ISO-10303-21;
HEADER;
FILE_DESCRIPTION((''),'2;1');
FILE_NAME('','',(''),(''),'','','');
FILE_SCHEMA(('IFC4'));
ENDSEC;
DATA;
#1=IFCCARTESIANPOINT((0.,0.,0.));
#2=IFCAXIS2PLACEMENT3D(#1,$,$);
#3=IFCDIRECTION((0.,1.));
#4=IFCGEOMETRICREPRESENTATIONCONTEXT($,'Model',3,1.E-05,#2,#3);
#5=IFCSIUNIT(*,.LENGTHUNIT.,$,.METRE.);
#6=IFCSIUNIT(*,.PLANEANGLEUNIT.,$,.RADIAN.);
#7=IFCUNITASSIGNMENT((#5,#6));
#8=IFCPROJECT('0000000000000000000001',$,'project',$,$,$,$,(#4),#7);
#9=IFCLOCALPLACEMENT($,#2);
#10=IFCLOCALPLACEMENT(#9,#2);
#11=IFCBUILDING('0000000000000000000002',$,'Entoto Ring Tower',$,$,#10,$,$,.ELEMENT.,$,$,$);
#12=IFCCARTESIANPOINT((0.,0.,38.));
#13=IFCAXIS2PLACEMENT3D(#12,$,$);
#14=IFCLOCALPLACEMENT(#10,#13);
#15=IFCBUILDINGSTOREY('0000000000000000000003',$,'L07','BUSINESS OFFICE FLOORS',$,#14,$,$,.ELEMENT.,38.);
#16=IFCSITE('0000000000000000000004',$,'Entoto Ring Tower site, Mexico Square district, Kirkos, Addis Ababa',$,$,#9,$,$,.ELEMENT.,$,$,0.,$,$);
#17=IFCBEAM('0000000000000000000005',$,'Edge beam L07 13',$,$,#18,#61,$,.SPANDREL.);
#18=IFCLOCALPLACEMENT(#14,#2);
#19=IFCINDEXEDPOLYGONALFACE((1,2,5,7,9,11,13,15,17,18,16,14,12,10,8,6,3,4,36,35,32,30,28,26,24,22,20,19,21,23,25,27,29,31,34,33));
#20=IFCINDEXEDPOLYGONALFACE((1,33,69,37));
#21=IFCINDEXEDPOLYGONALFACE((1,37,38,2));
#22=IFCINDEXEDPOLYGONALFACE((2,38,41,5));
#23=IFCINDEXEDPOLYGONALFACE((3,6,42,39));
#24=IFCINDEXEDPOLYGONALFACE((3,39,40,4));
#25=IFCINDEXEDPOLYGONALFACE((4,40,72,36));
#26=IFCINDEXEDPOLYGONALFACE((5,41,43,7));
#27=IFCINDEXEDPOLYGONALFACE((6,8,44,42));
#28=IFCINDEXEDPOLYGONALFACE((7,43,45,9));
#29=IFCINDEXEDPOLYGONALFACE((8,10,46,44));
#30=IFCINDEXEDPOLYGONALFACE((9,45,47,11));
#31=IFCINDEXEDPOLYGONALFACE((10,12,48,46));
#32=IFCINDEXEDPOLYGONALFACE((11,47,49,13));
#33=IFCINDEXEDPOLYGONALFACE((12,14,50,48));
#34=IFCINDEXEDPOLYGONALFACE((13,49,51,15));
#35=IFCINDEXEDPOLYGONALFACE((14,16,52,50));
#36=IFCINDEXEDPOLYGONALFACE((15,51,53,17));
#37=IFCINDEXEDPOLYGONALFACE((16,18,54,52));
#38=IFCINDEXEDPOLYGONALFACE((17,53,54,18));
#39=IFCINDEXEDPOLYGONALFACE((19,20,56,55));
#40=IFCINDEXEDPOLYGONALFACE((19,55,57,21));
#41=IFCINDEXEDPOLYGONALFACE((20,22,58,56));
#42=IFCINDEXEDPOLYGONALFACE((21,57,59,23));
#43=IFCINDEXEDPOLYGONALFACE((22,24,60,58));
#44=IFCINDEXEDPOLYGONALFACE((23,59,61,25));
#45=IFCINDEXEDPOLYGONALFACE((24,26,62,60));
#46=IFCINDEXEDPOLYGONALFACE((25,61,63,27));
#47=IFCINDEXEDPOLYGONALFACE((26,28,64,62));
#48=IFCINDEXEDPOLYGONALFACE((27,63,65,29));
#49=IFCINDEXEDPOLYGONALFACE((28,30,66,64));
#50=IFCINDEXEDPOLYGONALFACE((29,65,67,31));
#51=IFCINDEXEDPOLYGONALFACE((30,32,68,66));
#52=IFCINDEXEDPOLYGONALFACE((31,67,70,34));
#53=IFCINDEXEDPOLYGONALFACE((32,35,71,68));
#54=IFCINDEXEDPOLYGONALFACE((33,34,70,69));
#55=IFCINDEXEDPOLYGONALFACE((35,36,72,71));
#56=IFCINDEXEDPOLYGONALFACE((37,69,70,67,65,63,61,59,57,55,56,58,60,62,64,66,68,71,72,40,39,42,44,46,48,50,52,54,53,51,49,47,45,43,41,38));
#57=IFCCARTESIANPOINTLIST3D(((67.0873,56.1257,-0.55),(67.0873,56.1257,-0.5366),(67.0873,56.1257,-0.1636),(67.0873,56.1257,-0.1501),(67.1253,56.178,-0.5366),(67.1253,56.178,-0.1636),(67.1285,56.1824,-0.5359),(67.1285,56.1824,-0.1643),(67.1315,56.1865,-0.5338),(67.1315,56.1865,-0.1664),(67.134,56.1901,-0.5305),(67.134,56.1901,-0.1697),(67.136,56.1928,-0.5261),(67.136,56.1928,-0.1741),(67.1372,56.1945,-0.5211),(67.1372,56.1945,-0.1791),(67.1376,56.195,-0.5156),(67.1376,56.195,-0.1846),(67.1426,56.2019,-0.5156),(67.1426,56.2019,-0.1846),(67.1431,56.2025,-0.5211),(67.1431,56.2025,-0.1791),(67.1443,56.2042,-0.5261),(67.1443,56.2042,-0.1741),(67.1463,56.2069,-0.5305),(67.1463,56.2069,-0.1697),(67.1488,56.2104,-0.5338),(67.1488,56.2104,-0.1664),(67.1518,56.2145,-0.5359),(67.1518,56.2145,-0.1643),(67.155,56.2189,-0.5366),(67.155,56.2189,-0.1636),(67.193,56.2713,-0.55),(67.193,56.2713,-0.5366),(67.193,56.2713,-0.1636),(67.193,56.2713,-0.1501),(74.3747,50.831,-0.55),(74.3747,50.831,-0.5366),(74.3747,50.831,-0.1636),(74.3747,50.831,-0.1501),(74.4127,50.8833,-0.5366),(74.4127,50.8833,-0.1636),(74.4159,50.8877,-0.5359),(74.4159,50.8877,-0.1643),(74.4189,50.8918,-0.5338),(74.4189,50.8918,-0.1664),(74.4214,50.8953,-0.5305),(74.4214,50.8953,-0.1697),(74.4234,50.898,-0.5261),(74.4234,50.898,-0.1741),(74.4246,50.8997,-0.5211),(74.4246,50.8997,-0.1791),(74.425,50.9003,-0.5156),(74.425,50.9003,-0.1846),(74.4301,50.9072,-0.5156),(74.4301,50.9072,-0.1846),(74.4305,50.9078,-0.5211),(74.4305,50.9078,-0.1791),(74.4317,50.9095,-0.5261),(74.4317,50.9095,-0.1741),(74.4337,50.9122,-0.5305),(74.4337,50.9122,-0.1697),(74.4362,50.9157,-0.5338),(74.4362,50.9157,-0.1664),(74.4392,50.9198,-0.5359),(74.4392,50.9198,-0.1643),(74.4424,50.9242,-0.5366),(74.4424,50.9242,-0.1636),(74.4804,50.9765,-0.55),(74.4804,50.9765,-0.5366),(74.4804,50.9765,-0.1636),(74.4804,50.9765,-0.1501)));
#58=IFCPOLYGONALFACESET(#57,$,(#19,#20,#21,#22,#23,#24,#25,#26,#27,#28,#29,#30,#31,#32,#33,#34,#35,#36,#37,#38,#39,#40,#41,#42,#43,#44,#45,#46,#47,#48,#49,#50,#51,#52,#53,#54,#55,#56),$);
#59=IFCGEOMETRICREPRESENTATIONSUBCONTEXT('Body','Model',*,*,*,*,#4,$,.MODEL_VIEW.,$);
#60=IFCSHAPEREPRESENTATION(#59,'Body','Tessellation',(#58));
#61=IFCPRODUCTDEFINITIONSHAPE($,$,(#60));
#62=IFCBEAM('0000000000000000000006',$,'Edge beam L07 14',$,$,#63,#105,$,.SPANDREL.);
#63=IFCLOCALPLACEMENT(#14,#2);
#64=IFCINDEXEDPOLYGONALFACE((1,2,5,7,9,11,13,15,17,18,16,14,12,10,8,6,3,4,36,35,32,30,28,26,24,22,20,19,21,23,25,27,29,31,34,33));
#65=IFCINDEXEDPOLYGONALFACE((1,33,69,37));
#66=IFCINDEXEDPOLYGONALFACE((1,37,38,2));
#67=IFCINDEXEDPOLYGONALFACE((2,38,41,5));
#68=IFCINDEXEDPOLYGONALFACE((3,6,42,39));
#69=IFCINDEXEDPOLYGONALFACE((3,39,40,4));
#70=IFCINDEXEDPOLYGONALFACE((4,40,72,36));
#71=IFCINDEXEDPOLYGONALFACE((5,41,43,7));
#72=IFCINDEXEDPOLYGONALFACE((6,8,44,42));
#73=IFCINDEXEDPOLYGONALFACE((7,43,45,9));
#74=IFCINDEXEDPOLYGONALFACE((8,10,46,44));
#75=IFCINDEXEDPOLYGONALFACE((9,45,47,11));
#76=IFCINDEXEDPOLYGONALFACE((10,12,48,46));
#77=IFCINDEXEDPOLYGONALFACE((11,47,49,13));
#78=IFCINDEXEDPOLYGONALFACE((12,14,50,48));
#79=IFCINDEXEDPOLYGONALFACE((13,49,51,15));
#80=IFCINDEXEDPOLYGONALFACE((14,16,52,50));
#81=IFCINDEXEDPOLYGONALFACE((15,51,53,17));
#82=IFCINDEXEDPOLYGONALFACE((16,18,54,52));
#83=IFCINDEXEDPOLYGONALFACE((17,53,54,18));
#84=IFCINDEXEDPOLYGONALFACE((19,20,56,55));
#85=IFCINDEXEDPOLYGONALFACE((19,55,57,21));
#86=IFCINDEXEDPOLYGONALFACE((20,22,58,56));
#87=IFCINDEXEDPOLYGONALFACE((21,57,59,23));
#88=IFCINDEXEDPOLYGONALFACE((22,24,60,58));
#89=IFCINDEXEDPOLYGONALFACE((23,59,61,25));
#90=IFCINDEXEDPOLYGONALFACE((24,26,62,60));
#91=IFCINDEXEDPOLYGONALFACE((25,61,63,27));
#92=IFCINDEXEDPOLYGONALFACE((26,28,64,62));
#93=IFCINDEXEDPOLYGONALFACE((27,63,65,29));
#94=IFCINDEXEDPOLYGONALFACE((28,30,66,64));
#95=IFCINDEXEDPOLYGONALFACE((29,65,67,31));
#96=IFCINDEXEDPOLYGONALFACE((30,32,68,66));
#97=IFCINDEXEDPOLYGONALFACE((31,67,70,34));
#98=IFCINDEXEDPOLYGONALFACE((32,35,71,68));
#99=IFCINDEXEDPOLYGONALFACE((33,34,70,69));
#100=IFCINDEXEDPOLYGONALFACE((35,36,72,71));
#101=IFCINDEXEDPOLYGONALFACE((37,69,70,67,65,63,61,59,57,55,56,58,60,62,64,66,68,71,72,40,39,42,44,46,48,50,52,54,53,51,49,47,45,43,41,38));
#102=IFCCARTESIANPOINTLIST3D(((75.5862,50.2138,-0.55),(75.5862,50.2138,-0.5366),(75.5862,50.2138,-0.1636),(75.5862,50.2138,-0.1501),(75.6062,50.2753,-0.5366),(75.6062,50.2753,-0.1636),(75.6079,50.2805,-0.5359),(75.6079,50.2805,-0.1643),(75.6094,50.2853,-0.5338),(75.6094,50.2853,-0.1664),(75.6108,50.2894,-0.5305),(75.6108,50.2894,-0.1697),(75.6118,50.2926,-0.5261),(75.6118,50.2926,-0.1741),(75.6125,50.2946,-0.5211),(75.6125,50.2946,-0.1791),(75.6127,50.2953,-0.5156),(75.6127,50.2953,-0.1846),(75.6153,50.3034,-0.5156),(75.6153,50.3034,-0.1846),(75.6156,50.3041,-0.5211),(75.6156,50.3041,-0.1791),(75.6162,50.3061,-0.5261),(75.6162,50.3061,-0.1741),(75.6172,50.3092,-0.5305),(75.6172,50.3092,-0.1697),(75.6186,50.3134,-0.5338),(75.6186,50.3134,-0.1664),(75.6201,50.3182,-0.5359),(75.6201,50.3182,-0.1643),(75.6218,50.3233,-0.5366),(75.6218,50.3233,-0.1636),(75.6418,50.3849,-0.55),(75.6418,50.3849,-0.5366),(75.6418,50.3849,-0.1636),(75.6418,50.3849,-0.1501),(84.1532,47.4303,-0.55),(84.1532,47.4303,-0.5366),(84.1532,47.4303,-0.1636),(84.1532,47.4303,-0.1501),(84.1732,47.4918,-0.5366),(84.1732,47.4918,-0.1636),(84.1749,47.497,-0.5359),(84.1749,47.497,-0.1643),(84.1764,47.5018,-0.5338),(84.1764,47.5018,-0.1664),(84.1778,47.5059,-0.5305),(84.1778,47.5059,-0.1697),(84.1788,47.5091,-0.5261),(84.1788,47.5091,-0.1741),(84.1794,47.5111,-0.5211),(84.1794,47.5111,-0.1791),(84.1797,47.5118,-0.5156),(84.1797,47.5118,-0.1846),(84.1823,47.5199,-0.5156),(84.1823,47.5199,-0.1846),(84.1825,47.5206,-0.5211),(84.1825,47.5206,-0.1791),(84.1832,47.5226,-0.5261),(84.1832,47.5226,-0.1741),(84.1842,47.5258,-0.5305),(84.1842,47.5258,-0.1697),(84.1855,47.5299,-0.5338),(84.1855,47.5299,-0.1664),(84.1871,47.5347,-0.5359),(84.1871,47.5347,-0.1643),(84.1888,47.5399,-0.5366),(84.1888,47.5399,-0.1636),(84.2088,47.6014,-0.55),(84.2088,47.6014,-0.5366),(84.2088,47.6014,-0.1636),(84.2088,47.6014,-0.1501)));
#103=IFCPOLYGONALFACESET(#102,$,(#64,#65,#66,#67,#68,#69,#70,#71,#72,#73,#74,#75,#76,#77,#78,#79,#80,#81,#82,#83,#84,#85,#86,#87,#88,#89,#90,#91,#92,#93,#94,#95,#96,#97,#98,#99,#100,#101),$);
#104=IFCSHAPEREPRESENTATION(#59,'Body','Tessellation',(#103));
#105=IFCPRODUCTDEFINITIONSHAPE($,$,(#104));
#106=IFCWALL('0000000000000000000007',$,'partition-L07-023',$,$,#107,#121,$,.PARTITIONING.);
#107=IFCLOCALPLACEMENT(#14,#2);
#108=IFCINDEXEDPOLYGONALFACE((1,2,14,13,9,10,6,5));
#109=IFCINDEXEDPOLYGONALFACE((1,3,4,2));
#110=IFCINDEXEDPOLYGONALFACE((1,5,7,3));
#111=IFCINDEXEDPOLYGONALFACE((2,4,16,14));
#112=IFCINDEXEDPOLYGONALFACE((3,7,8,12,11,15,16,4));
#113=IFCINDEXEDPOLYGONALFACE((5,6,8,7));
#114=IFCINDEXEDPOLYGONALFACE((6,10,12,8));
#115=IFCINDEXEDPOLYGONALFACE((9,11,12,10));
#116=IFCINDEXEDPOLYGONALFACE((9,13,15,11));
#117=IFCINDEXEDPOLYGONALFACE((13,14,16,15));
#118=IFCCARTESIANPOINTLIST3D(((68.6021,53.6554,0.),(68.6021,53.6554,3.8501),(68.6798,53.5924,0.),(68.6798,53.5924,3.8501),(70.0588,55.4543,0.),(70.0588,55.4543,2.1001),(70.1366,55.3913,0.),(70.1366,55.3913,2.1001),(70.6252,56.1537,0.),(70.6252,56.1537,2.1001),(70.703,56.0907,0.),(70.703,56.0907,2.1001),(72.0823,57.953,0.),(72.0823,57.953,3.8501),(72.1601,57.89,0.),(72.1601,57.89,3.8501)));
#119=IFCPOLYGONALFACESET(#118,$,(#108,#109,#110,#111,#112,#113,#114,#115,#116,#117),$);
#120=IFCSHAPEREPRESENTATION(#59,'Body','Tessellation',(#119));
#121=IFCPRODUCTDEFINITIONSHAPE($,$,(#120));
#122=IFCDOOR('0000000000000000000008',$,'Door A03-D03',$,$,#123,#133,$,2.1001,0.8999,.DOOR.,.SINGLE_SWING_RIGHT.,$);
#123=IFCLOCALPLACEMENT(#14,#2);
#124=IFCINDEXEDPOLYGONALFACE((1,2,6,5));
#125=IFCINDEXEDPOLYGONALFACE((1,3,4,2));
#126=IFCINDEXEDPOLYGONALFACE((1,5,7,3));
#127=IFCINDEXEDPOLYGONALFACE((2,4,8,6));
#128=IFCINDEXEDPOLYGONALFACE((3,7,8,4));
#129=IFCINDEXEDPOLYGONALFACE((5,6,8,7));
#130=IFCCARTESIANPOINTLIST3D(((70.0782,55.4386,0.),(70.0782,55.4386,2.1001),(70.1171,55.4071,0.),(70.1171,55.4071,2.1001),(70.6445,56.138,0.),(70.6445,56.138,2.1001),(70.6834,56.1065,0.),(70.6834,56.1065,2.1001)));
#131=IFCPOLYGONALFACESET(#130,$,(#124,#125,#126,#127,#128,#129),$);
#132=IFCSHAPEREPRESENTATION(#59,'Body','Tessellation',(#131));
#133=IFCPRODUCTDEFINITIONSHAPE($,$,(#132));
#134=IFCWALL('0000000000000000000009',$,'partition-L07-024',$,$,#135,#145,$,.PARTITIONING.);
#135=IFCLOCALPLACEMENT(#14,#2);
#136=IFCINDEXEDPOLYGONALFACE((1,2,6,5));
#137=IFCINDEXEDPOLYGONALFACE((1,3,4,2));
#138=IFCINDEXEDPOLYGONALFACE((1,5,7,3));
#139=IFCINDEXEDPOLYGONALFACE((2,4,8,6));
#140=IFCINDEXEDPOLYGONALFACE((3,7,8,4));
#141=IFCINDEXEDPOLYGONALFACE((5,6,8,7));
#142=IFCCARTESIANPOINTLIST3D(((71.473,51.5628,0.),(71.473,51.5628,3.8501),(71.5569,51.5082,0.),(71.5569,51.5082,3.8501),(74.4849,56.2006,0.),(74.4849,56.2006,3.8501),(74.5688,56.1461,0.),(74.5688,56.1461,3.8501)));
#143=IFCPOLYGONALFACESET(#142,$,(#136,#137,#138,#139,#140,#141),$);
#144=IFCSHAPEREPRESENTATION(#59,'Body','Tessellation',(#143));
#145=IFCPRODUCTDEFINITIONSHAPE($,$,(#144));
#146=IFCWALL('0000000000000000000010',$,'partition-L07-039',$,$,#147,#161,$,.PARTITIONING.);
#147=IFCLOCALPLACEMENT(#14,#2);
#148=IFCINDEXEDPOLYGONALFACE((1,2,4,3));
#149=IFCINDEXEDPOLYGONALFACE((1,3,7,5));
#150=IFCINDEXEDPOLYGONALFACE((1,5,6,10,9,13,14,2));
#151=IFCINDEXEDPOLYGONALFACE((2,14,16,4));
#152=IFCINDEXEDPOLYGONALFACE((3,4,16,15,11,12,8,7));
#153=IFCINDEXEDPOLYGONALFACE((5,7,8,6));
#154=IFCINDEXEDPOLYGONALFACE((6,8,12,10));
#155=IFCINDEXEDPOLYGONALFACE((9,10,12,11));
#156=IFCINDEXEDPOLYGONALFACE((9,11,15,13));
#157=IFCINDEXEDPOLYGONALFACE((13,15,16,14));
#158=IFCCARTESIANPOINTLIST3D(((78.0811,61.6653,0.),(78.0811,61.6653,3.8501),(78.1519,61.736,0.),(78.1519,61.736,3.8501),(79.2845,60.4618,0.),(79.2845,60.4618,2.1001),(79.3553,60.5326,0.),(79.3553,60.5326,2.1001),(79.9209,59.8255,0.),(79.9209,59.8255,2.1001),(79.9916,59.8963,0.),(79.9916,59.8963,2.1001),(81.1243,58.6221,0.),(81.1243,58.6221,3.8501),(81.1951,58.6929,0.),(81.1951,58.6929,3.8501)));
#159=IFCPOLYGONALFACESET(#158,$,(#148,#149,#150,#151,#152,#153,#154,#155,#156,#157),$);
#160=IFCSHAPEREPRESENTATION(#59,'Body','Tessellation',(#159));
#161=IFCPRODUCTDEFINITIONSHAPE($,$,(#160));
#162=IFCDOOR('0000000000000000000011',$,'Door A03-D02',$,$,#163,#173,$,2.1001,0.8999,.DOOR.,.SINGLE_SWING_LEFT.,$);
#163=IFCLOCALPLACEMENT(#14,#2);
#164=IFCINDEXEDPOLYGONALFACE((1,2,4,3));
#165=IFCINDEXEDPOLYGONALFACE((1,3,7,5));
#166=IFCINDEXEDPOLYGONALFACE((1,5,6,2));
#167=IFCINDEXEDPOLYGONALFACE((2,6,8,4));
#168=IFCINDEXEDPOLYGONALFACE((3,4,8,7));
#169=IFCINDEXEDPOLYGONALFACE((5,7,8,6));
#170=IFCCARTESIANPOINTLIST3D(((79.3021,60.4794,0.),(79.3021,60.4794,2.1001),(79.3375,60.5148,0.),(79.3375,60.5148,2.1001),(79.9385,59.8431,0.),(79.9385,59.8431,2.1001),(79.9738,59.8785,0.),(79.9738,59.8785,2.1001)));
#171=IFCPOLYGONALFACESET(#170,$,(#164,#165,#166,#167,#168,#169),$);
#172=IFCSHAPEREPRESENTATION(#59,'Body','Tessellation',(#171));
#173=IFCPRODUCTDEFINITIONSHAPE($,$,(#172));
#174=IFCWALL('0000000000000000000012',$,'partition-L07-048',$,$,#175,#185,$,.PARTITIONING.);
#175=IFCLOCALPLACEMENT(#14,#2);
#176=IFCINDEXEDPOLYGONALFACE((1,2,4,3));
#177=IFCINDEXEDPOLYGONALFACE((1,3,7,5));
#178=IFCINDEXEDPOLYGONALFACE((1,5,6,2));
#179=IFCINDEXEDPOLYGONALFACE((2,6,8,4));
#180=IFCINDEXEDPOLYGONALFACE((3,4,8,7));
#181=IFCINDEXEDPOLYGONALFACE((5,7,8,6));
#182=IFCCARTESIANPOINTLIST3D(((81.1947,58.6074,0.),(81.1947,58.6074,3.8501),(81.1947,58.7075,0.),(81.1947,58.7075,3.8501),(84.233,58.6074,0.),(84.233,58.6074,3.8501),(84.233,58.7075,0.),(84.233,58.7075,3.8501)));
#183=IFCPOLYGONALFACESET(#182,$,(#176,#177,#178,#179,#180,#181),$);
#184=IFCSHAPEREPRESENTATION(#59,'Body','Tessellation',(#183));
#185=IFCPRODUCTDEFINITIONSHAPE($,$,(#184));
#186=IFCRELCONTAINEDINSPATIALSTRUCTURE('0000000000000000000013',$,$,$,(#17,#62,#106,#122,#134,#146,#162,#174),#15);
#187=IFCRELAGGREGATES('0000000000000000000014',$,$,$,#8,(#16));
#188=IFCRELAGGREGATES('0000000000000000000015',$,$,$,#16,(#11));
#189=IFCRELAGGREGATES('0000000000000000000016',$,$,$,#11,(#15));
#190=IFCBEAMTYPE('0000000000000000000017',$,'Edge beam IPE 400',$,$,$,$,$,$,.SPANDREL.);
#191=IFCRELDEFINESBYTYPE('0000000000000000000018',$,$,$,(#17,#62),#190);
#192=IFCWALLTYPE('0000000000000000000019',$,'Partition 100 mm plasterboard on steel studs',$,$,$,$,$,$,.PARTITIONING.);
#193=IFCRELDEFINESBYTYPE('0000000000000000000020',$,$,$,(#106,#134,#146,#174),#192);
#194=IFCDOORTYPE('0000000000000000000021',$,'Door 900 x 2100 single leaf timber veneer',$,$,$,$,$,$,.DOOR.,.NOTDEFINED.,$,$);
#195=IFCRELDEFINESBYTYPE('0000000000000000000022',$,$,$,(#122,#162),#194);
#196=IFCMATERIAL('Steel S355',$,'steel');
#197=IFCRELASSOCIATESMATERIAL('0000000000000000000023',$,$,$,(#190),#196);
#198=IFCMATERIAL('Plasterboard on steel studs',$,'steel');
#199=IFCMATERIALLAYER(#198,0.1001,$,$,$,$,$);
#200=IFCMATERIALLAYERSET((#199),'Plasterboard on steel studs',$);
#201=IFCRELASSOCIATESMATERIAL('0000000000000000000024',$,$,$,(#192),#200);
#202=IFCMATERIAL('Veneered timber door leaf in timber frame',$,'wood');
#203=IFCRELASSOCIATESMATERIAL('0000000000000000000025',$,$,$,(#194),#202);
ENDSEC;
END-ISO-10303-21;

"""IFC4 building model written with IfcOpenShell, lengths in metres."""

from ifc_helpers import new_model, si_unit, direction, frame, frame_2d, origin, origin_2d, place, context, subcontext, project, spatial, rectangle, i_section, extrude, material, layer, layer_set, material_profile, profile_set, type_object, element, fill, save


model = new_model("IFC4")

# Units and contexts
model_context = context("Model", 3, precision=1e-05, world=origin(), true_north=direction((0.0, 1.0)))
body_context = subcontext(model_context, "Body", "Model", "MODEL_VIEW")
ifc_project = project(units=[si_unit("LENGTHUNIT", "METRE"), si_unit("PLANEANGLEUNIT", "RADIAN")], contexts=[model_context])

# Site, building, storey
site_placement = place(None, origin())
site = spatial("IfcSite", under=ifc_project, at=site_placement, Name="Entoto Ring Tower site, Mexico Square district, Kirkos, Addis Ababa", CompositionType="ELEMENT", RefElevation=0.0)
building_placement = place(site_placement, origin())
building = spatial("IfcBuilding", under=site, at=building_placement, Name="Entoto Ring Tower", CompositionType="ELEMENT")
storey_placement = place(building_placement, frame((0.0, 0.0, 38.0)))
storey = spatial("IfcBuildingStorey", under=building, at=storey_placement, Name="L07", Description="BUSINESS OFFICE FLOORS", CompositionType="ELEMENT", Elevation=38.0)

# Beams
ifc_material_1 = material(Name="Steel S355", Category="steel")
ifc_material_profile_1 = material_profile(ifc_material_1, i_section(OverallWidth=0.1799, OverallDepth=0.3999, WebThickness=0.0085, FlangeThickness=0.0134, FilletRadius=0.021, at=origin_2d()), Name="IPE 400")
ifc_profile_set_1 = profile_set([ifc_material_profile_1], Name="Steel S355")
beam_type = type_object("IfcBeamType", Name="Edge beam IPE 400", PredefinedType="SPANDREL", material=ifc_profile_set_1)
for number, where, z_axis, x_axis, name in (
    (1, (67.1401, 56.1985, -0.3501), (0.809011, -0.587793, 0.0), (0.587793, 0.809011, 0.0), "Edge beam L07 13"),
    (2, (75.614, 50.2993, -0.3501), (0.95106, -0.309006, 0.0), (0.309006, 0.95106, 0.0), "Edge beam L07 14"),
):
    element("IfcBeam", number, at=place(storey_placement, frame(where, z_axis=z_axis, x_axis=x_axis)), inside=storey, type_object=beam_type, Name=name, PredefinedType="SPANDREL", context=body_context, shape_type="SweptSolid", body=[
        extrude(i_section(OverallWidth=0.1799, OverallDepth=0.3999, WebThickness=0.0085, FlangeThickness=0.0134, FilletRadius=0.021, at=origin_2d()), origin(), (0.0, 0.0, 1.0), 9.0078),
    ])

# Wall, opening, door
ifc_material_2 = material(Name="Plasterboard on steel studs", Category="steel")
ifc_layer = layer(ifc_material_2, 0.1001)
ifc_layer_set = layer_set([ifc_layer], Name="Plasterboard on steel studs")
wall_type = type_object("IfcWallType", Name="Partition 100 mm plasterboard on steel studs", PredefinedType="PARTITIONING", material=ifc_layer_set)
wall_1_placement = place(storey_placement, frame((68.6409, 53.6238, 0.0), z_axis=(0.0, 0.0, 1.0), x_axis=(0.62933, 0.777138, 0.0)))
wall_1 = element("IfcWall", 3, at=wall_1_placement, inside=storey, type_object=wall_type, Name="partition-L07-023", PredefinedType="PARTITIONING", context=body_context, shape_type="SweptSolid", body=[
    extrude(rectangle(XDim=5.53, YDim=0.1001, at=frame_2d((2.7651, 0.0))), origin(), (0.0, 0.0, 1.0), 3.8501),
])
opening_1_placement = place(wall_1_placement, frame((2.3149, 0.0, 0.0)))
opening_1 = element("IfcOpeningElement", 4, at=opening_1_placement, cuts=wall_1, PredefinedType="OPENING", context=body_context, shape_type="SweptSolid", body=[
    extrude(rectangle(XDim=0.8999, YDim=2.1001, at=frame_2d((0.45, 1.05))), frame((0.0, 0.0601, 0.0), z_axis=(0.0, -1.0, 0.0), x_axis=(1.0, 0.0, 0.0)), (0.0, 0.0, 1.0), 0.1201),
])
ifc_material_3 = material(Name="Veneered timber door leaf in timber frame", Category="wood")
door_type = type_object("IfcDoorType", Name="Door 900 x 2100 single leaf timber veneer", OperationType="NOTDEFINED", PredefinedType="DOOR", material=ifc_material_3)
door_1_placement = place(opening_1_placement, frame((0.8999, 0.0, 0.0), z_axis=(0.0, 0.0, 1.0), x_axis=(-1.0, 0.0, 0.0)))
door_1 = element("IfcDoor", 5, at=door_1_placement, inside=storey, type_object=door_type, Name="Door A03-D03", OperationType="SINGLE_SWING_RIGHT", OverallHeight=2.1001, OverallWidth=0.8999, PredefinedType="DOOR", context=body_context, shape_type="SweptSolid", body=[
    extrude(rectangle(XDim=0.8999, YDim=2.1001, at=frame_2d((0.45, 1.05))), frame((0.0, 0.0249, 0.0), z_axis=(0.0, -1.0, 0.0), x_axis=(1.0, 0.0, 0.0)), (0.0, 0.0, 1.0), 0.05),
])
fill(opening_1, door_1)

# Wall
wall_2_placement = place(storey_placement, frame((71.5149, 51.5354, 0.0), z_axis=(0.0, 0.0, 1.0), x_axis=(0.544645, 0.838666, 0.0)))
element("IfcWall", 6, at=wall_2_placement, inside=storey, type_object=wall_type, Name="partition-L07-024", PredefinedType="PARTITIONING", context=body_context, shape_type="SweptSolid", body=[
    extrude(rectangle(XDim=5.53, YDim=0.1001, at=frame_2d((2.7651, 0.0))), origin(), (0.0, 0.0, 1.0), 3.8501),
])

# Wall, opening, door
wall_3_placement = place(storey_placement, frame((81.1597, 58.6575, 0.0), z_axis=(0.0, 0.0, 1.0), x_axis=(-0.707107, 0.707107, 0.0)))
wall_3 = element("IfcWall", 7, at=wall_3_placement, inside=storey, type_object=wall_type, Name="partition-L07-039", PredefinedType="PARTITIONING", context=body_context, shape_type="SweptSolid", body=[
    extrude(rectangle(XDim=4.3037, YDim=0.1001, at=frame_2d((2.1519, 0.0))), origin(), (0.0, 0.0, 1.0), 3.8501),
])
opening_2_placement = place(wall_3_placement, frame((1.7019, 0.0, 0.0)))
opening_2 = element("IfcOpeningElement", 8, at=opening_2_placement, cuts=wall_3, PredefinedType="OPENING", context=body_context, shape_type="SweptSolid", body=[
    extrude(rectangle(XDim=0.8999, YDim=2.1001, at=frame_2d((0.45, 1.05))), frame((0.0, 0.0601, 0.0), z_axis=(0.0, -1.0, 0.0), x_axis=(1.0, 0.0, 0.0)), (0.0, 0.0, 1.0), 0.1201),
])
door_2_placement = place(opening_2_placement, frame((0.8999, 0.0, 0.0), z_axis=(0.0, 0.0, 1.0), x_axis=(-1.0, 0.0, 0.0)))
door_2 = element("IfcDoor", 9, at=door_2_placement, inside=storey, type_object=door_type, Name="Door A03-D02", OperationType="SINGLE_SWING_LEFT", OverallHeight=2.1001, OverallWidth=0.8999, PredefinedType="DOOR", context=body_context, shape_type="SweptSolid", body=[
    extrude(rectangle(XDim=0.8999, YDim=2.1001, at=frame_2d((0.45, 1.05))), frame((0.0, 0.0249, 0.0), z_axis=(0.0, -1.0, 0.0), x_axis=(1.0, 0.0, 0.0)), (0.0, 0.0, 1.0), 0.05),
])
fill(opening_2, door_2)

# Wall
wall_4_placement = place(storey_placement, frame((81.1948, 58.6575, 0.0), z_axis=(0.0, 0.0, 1.0), x_axis=(1.0, 0.0, 0.0)))
element("IfcWall", 10, at=wall_4_placement, inside=storey, type_object=wall_type, Name="partition-L07-048", PredefinedType="PARTITIONING", context=body_context, shape_type="SweptSolid", body=[
    extrude(rectangle(XDim=3.0383, YDim=0.1001, at=frame_2d((1.519, 0.0))), origin(), (0.0, 0.0, 1.0), 3.8501),
])

save(model, "model.ifc")
